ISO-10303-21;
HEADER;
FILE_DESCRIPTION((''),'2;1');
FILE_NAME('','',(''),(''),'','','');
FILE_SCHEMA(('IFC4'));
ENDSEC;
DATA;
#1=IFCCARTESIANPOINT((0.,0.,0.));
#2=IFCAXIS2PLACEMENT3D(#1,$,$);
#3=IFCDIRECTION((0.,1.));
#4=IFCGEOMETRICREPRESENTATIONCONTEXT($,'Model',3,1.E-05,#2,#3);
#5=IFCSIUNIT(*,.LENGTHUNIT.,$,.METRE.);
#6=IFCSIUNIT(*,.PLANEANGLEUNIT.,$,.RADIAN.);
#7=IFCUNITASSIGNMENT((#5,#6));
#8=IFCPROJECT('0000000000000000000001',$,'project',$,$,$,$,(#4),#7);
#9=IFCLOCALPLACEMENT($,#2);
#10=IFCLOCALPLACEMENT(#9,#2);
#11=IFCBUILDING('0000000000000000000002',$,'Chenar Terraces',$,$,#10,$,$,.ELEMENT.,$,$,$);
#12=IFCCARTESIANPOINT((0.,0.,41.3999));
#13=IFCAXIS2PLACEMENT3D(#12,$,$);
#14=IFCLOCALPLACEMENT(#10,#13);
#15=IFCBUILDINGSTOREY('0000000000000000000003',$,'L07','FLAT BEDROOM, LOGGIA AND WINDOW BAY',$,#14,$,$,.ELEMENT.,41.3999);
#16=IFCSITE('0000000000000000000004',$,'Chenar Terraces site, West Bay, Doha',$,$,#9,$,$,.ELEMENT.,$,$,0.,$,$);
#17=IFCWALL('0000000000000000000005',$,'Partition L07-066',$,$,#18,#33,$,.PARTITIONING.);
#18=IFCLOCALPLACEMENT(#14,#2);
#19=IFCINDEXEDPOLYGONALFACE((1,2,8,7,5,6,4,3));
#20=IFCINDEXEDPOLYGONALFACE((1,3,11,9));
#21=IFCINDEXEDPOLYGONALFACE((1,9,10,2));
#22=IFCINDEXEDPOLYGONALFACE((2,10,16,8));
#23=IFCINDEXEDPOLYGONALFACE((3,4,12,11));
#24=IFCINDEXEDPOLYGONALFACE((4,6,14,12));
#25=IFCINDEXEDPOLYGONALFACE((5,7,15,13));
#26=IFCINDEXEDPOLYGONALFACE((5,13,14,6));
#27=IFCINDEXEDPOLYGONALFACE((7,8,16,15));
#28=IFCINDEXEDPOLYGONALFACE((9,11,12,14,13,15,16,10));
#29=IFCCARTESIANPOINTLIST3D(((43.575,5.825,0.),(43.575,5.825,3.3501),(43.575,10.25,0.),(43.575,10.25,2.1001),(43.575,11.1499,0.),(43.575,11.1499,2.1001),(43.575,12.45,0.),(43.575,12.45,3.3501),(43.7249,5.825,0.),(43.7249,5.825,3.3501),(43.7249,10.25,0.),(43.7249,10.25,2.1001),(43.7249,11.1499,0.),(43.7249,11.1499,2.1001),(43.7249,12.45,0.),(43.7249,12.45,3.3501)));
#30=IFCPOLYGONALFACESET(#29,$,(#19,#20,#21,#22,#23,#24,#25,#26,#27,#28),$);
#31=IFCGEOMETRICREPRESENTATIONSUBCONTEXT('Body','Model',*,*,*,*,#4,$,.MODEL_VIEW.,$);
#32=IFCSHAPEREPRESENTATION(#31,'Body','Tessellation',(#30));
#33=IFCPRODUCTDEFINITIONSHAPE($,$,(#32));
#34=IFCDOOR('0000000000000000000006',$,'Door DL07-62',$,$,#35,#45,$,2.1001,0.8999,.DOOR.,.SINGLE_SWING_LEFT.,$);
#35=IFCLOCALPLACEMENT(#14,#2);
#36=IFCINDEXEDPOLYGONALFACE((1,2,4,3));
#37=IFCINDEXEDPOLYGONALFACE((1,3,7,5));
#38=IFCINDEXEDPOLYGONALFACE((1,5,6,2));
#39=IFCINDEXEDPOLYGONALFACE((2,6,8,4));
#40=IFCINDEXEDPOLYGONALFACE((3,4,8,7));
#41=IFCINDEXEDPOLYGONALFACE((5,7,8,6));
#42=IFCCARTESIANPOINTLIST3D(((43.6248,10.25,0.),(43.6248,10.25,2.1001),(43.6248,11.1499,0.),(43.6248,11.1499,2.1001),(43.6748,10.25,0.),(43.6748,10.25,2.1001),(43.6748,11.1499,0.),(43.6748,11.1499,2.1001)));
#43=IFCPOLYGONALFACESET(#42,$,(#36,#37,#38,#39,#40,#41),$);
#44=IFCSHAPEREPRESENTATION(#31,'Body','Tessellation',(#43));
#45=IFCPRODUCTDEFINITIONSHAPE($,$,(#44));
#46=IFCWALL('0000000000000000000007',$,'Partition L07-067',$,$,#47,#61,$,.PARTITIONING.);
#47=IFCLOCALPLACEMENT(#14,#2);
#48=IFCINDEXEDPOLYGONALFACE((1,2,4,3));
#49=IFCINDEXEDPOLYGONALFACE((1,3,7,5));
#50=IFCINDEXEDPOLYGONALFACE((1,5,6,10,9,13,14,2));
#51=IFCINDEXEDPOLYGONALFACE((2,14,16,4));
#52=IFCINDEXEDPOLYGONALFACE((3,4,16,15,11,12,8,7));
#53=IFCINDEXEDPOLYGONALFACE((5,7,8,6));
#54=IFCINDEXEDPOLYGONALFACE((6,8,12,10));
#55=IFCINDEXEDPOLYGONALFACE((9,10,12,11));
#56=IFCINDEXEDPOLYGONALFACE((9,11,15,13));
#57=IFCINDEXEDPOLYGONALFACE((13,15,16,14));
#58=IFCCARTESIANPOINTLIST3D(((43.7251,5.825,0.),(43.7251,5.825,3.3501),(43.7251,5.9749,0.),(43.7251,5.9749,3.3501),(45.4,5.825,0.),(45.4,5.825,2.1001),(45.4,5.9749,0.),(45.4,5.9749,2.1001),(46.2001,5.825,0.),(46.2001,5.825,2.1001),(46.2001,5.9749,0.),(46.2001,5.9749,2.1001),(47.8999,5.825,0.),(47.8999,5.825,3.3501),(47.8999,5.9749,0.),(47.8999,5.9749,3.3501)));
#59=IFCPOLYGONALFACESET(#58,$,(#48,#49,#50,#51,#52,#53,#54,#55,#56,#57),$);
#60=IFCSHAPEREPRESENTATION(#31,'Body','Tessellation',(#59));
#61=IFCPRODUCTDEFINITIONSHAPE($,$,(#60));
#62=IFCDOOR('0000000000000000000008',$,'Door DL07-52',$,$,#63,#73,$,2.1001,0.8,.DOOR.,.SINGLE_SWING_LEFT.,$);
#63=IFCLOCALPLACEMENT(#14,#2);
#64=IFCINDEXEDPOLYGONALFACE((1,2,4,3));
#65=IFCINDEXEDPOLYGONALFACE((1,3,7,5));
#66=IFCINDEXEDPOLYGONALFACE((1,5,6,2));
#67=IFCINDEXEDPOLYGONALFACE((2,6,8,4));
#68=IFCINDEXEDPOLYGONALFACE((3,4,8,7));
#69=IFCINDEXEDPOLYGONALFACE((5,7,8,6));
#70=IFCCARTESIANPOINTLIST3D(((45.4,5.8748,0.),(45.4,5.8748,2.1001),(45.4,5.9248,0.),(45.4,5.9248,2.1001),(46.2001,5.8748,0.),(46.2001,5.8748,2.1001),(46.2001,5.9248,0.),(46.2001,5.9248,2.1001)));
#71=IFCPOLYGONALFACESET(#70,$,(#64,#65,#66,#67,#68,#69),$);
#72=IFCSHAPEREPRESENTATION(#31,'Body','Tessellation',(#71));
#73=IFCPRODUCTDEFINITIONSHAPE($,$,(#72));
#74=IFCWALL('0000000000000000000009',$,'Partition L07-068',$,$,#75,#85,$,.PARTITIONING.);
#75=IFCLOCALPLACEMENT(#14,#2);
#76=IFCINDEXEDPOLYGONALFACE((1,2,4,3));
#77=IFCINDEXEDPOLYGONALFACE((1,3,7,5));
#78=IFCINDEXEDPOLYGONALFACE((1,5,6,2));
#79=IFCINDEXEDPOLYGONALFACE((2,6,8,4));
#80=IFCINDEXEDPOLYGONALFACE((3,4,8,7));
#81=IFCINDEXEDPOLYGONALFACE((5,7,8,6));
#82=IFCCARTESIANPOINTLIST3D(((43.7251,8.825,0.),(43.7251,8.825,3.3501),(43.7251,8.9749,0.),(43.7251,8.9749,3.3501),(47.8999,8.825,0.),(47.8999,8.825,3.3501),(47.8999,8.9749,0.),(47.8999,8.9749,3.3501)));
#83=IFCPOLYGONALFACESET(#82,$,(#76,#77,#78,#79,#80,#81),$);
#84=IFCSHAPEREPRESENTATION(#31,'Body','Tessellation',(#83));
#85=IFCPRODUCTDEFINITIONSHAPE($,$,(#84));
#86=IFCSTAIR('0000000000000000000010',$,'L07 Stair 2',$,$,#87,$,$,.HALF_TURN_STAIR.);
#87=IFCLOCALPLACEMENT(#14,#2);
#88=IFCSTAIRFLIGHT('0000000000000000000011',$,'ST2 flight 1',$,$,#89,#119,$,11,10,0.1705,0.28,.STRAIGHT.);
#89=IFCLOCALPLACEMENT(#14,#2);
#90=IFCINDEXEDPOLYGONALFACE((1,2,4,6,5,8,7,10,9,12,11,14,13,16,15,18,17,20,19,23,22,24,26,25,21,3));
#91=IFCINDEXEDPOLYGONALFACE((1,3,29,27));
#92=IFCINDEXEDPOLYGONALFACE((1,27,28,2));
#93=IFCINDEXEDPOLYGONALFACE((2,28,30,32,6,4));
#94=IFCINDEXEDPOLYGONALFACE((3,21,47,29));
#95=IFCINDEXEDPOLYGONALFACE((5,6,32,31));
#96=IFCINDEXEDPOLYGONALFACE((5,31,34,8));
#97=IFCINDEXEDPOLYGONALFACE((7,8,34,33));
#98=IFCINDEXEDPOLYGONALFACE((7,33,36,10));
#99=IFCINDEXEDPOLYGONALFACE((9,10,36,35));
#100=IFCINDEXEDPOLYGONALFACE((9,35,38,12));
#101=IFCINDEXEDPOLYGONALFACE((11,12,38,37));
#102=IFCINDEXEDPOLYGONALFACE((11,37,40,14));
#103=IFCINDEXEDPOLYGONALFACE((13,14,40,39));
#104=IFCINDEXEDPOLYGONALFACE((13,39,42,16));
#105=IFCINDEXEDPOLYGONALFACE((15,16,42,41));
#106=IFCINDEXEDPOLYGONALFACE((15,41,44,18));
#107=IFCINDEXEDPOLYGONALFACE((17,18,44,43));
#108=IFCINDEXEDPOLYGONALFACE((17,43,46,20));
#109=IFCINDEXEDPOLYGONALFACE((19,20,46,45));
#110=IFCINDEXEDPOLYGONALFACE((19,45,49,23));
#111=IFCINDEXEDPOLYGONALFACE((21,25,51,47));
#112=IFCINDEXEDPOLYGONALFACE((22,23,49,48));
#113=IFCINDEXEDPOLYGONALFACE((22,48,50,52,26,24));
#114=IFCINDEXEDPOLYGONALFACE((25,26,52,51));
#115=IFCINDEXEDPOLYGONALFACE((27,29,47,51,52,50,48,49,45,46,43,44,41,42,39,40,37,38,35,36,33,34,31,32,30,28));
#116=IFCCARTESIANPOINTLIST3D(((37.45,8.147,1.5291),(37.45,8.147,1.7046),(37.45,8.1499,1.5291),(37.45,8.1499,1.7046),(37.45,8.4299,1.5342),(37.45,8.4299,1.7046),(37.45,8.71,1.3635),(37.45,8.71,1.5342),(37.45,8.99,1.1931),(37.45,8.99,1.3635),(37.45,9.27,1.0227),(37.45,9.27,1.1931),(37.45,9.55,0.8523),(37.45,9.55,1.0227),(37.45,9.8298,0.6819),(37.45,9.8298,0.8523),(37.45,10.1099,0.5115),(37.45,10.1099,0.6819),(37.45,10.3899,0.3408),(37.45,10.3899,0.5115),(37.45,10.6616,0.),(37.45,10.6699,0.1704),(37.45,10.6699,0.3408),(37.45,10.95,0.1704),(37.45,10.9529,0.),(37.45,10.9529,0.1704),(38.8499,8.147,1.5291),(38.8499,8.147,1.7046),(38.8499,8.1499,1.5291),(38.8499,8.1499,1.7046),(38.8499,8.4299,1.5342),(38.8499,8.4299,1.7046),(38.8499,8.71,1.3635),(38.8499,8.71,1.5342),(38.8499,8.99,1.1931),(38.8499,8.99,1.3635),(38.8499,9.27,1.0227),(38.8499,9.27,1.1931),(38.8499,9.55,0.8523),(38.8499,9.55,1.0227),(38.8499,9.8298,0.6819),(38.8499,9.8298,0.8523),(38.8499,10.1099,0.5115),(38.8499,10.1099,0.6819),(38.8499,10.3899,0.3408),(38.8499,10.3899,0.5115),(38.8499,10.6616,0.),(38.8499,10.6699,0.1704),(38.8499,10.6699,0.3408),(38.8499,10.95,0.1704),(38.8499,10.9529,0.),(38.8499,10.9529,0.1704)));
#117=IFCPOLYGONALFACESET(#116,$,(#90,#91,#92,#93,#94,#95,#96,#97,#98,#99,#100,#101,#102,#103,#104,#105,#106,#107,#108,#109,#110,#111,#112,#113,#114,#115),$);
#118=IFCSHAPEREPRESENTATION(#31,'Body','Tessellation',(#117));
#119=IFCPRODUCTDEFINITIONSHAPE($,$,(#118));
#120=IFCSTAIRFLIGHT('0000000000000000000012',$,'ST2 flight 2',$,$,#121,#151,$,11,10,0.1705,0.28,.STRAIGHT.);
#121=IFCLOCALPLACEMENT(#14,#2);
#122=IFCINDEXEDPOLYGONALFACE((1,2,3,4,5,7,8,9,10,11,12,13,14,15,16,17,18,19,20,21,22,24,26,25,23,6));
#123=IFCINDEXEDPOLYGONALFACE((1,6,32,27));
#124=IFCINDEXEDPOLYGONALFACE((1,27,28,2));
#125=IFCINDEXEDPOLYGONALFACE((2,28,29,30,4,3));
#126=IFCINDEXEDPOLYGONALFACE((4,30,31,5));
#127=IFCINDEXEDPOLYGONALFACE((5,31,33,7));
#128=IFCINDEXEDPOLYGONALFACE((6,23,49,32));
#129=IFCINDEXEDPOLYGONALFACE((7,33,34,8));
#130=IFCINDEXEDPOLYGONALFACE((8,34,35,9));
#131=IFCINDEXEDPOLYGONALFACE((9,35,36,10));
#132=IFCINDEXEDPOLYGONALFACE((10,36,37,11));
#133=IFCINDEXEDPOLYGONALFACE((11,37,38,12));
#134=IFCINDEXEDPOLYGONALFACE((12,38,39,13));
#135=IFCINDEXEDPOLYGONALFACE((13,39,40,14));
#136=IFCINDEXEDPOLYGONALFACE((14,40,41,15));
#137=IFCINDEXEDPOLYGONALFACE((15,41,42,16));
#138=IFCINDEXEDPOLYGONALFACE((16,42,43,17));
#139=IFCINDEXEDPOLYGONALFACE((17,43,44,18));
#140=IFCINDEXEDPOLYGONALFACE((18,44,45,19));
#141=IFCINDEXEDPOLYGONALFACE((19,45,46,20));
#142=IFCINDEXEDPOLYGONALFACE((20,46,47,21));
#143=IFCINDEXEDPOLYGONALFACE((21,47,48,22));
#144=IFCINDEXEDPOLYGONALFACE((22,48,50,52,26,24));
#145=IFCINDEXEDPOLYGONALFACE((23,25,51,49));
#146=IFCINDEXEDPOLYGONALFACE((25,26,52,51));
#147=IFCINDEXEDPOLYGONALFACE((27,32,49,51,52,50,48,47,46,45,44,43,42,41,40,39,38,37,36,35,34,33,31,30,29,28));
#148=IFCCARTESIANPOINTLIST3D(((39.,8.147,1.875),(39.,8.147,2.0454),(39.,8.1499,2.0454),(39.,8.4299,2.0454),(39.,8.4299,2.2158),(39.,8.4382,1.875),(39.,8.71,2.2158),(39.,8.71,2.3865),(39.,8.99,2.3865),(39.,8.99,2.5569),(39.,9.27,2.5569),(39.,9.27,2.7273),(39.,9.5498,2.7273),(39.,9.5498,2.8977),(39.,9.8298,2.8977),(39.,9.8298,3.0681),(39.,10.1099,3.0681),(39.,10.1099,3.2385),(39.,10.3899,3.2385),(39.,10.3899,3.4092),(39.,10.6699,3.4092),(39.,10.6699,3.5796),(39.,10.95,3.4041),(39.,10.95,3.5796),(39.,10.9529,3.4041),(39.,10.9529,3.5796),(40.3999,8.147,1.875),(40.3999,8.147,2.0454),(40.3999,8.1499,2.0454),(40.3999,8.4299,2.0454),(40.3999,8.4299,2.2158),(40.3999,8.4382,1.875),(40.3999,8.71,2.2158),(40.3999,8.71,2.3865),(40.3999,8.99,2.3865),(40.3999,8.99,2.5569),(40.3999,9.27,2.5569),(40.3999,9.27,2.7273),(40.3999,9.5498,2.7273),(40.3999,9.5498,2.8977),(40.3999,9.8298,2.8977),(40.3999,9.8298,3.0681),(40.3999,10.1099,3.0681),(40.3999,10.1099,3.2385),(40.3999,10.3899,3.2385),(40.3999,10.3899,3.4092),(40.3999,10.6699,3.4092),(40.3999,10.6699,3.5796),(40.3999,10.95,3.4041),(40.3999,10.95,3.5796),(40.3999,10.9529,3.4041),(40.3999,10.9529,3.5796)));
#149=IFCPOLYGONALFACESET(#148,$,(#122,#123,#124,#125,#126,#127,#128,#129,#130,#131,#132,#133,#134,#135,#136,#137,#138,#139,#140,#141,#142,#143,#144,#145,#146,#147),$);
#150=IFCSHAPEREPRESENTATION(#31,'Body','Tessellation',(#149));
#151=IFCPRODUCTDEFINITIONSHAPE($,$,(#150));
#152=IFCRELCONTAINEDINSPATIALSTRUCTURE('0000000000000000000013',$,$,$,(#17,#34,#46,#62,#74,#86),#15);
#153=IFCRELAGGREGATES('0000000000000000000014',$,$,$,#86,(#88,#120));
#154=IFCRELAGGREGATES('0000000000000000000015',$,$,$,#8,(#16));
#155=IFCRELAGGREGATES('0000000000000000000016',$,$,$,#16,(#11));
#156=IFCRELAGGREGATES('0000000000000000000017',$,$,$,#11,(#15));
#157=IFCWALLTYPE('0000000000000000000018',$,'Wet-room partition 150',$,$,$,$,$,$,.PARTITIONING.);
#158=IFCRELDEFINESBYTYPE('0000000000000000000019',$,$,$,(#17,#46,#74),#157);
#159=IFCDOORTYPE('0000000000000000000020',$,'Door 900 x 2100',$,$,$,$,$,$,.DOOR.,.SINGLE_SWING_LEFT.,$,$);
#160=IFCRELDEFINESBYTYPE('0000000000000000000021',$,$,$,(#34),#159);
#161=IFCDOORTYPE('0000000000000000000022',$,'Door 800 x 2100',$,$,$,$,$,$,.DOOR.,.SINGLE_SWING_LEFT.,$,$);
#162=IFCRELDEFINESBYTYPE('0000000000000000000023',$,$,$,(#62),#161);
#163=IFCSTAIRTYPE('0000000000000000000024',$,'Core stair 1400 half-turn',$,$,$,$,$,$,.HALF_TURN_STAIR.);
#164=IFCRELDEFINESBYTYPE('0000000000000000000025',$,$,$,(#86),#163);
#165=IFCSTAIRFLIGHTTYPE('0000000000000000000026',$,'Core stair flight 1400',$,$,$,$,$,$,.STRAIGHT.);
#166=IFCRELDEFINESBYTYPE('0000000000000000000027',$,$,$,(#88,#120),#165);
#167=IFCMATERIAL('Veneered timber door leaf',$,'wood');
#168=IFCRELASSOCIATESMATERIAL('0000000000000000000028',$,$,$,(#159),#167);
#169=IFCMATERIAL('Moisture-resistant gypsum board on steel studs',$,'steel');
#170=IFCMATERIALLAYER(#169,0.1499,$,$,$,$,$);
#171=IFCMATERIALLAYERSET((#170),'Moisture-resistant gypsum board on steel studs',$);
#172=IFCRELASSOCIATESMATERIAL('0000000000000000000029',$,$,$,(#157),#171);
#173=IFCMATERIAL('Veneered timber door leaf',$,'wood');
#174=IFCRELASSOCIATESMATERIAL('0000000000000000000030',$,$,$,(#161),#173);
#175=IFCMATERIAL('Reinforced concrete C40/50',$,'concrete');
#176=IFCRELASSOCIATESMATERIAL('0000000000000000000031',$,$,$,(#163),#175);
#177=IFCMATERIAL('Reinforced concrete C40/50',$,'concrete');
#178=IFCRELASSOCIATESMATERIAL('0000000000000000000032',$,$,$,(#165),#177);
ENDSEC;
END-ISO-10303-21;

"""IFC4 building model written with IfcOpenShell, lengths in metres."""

from ifc_helpers import new_model, si_unit, direction, frame, frame_2d, origin, place, context, subcontext, project, spatial, polyline, rectangle, outline, extrude, material, layer, layer_set, type_object, element, fill, aggregate, save


model = new_model("IFC4")

# Units and contexts
model_context = context("Model", 3, precision=1e-05, world=origin(), true_north=direction((0.0, 1.0)))
body_context = subcontext(model_context, "Body", "Model", "MODEL_VIEW")
ifc_project = project(units=[si_unit("LENGTHUNIT", "METRE"), si_unit("PLANEANGLEUNIT", "RADIAN")], contexts=[model_context])

# Site, building, storey
site_placement = place(None, origin())
site = spatial("IfcSite", under=ifc_project, at=site_placement, Name="Chenar Terraces site, West Bay, Doha", CompositionType="ELEMENT", RefElevation=0.0)
building_placement = place(site_placement, origin())
building = spatial("IfcBuilding", under=site, at=building_placement, Name="Chenar Terraces", CompositionType="ELEMENT")
storey_placement = place(building_placement, frame((0.0, 0.0, 41.3999)))
storey = spatial("IfcBuildingStorey", under=building, at=storey_placement, Name="L07", Description="FLAT BEDROOM, LOGGIA AND WINDOW BAY", CompositionType="ELEMENT", Elevation=41.3999)

# Shared definitions
ifc_material_1 = material(Name="Veneered timber door leaf", Category="wood")
door_type_1 = type_object("IfcDoorType", Name="Door 900 x 2100", OperationType="SINGLE_SWING_LEFT", PredefinedType="DOOR", material=ifc_material_1)

# Walls, openings, doors
ifc_material_2 = material(Name="Moisture-resistant gypsum board on steel studs", Category="steel")
ifc_layer_1 = layer(ifc_material_2, 0.1499)
ifc_layer_set_1 = layer_set([ifc_layer_1], Name="Moisture-resistant gypsum board on steel studs")
wall_type_1 = type_object("IfcWallType", Name="Wet-room partition 150", PredefinedType="PARTITIONING", material=ifc_layer_set_1)
wall_1_placement = place(storey_placement, frame((43.6499, 5.825, 0.0), z_axis=(0.0, 0.0, 1.0), x_axis=(0.0, 1.0, 0.0)))
wall_1 = element("IfcWall", 1, at=wall_1_placement, inside=storey, type_object=wall_type_1, Name="Partition L07-066", PredefinedType="PARTITIONING", context=body_context, shape_type="SweptSolid", body=[
    extrude(rectangle(XDim=6.625, YDim=0.1499, at=frame_2d((3.3125, 0.0))), origin(), (0.0, 0.0, 1.0), 3.3501),
])
opening_1_placement = place(wall_1_placement, frame((4.425, 0.0, 0.0)))
opening_1 = element("IfcOpeningElement", 2, at=opening_1_placement, cuts=wall_1, PredefinedType="OPENING", context=body_context, shape_type="SweptSolid", body=[
    extrude(rectangle(XDim=0.8999, YDim=2.1001, at=frame_2d((0.45, 1.05))), frame((0.0, 0.085, 0.0), z_axis=(0.0, -1.0, 0.0), x_axis=(1.0, 0.0, 0.0)), (0.0, 0.0, 1.0), 0.1699),
])
door_1_placement = place(opening_1_placement, frame((0.8999, 0.0, 0.0), z_axis=(0.0, 0.0, 1.0), x_axis=(-1.0, 0.0, 0.0)))
door_1 = element("IfcDoor", 3, at=door_1_placement, inside=storey, type_object=door_type_1, Name="Door DL07-62", OperationType="SINGLE_SWING_LEFT", OverallHeight=2.1001, OverallWidth=0.8999, PredefinedType="DOOR", context=body_context, shape_type="SweptSolid", body=[
    extrude(rectangle(XDim=0.8999, YDim=2.1001, at=frame_2d((0.45, 1.05))), frame((0.0, 0.0249, 0.0), z_axis=(0.0, -1.0, 0.0), x_axis=(1.0, 0.0, 0.0)), (0.0, 0.0, 1.0), 0.05),
])
fill(opening_1, door_1)
wall_2_placement = place(storey_placement, frame((43.7251, 5.8999, 0.0), z_axis=(0.0, 0.0, 1.0), x_axis=(1.0, 0.0, 0.0)))
wall_2 = element("IfcWall", 4, at=wall_2_placement, inside=storey, type_object=wall_type_1, Name="Partition L07-067", PredefinedType="PARTITIONING", context=body_context, shape_type="SweptSolid", body=[
    extrude(rectangle(XDim=4.1748, YDim=0.1499, at=frame_2d((2.0874, 0.0))), origin(), (0.0, 0.0, 1.0), 3.3501),
])
opening_2_placement = place(wall_2_placement, frame((1.675, 0.0, 0.0)))
opening_2 = element("IfcOpeningElement", 5, at=opening_2_placement, cuts=wall_2, PredefinedType="OPENING", context=body_context, shape_type="SweptSolid", body=[
    extrude(rectangle(XDim=0.8, YDim=2.1001, at=frame_2d((0.3999, 1.05))), frame((0.0, 0.085, 0.0), z_axis=(0.0, -1.0, 0.0), x_axis=(1.0, 0.0, 0.0)), (0.0, 0.0, 1.0), 0.1699),
])
ifc_material_3 = material(Name="Veneered timber door leaf", Category="wood")
door_type_2 = type_object("IfcDoorType", Name="Door 800 x 2100", OperationType="SINGLE_SWING_LEFT", PredefinedType="DOOR", material=ifc_material_3)
door_2_placement = place(opening_2_placement, origin())
door_2 = element("IfcDoor", 6, at=door_2_placement, inside=storey, type_object=door_type_2, Name="Door DL07-52", OperationType="SINGLE_SWING_LEFT", OverallHeight=2.1001, OverallWidth=0.8, PredefinedType="DOOR", context=body_context, shape_type="SweptSolid", body=[
    extrude(rectangle(XDim=0.8, YDim=2.1001, at=frame_2d((0.3999, 1.05))), frame((0.0, 0.0249, 0.0), z_axis=(0.0, -1.0, 0.0), x_axis=(1.0, 0.0, 0.0)), (0.0, 0.0, 1.0), 0.05),
])
fill(opening_2, door_2)

# Wall
wall_3_placement = place(storey_placement, frame((43.7251, 8.8999, 0.0), z_axis=(0.0, 0.0, 1.0), x_axis=(1.0, 0.0, 0.0)))
element("IfcWall", 7, at=wall_3_placement, inside=storey, type_object=wall_type_1, Name="Partition L07-068", PredefinedType="PARTITIONING", context=body_context, shape_type="SweptSolid", body=[
    extrude(rectangle(XDim=4.1748, YDim=0.1499, at=frame_2d((2.0874, 0.0))), origin(), (0.0, 0.0, 1.0), 3.3501),
])

# Stair, stair flights
ifc_material_4 = material(Name="Reinforced concrete C40/50", Category="concrete")
stair_type = type_object("IfcStairType", Name="Core stair 1400 half-turn", PredefinedType="HALF_TURN_STAIR", material=ifc_material_4)
stair_placement = place(storey_placement, origin())
stair = element("IfcStair", 8, at=stair_placement, inside=storey, type_object=stair_type, Name="L07 Stair 2", PredefinedType="HALF_TURN_STAIR")
ifc_material_5 = material(Name="Reinforced concrete C40/50", Category="concrete")
stair_flight_type = type_object("IfcStairFlightType", Name="Core stair flight 1400", PredefinedType="STRAIGHT", material=ifc_material_5)
stair_flight_1_placement = place(storey_placement, frame((38.1499, 10.95, 0.0), z_axis=(0.0, 0.0, 1.0), x_axis=(0.0, -1.0, 0.0)))
stair_flight_1 = element("IfcStairFlight", 9, at=stair_flight_1_placement, type_object=stair_flight_type, Name="ST2 flight 1", NumberOfRisers=11, NumberOfTreads=10, PredefinedType="STRAIGHT", RiserHeight=0.1705, TreadLength=0.28, context=body_context, shape_type="SweptSolid", body=[
    extrude(outline(polyline([(-0.0029, 0.0), (-0.0029, 0.1704), (0.0, 0.1704), (0.28, 0.1704), (0.28, 0.3408), (0.5601, 0.3408), (0.5601, 0.5115), (0.8401, 0.5115), (0.8401, 0.6819), (1.1201, 0.6819), (1.1201, 0.8523), (1.3999, 0.8523), (1.3999, 1.0227), (1.6799, 1.0227), (1.6799, 1.1931), (1.96, 1.1931), (1.96, 1.3635), (2.24, 1.3635), (2.24, 1.5342), (2.52, 1.5342), (2.52, 1.7046), (2.8, 1.7046), (2.803, 1.7046), (2.803, 1.5291), (2.8, 1.5291), (0.2883, 0.0), (-0.0029, 0.0)])), frame((0.0, 0.7, 0.0), z_axis=(0.0, -1.0, 0.0), x_axis=(1.0, 0.0, 0.0)), (0.0, 0.0, 1.0), 1.3999),
])
stair_flight_2_placement = place(storey_placement, frame((39.7, 8.1499, 1.875), z_axis=(0.0, 0.0, 1.0), x_axis=(0.0, 1.0, 0.0)))
stair_flight_2 = element("IfcStairFlight", 10, at=stair_flight_2_placement, type_object=stair_flight_type, Name="ST2 flight 2", NumberOfRisers=11, NumberOfTreads=10, PredefinedType="STRAIGHT", RiserHeight=0.1705, TreadLength=0.28, context=body_context, shape_type="SweptSolid", body=[
    extrude(outline(polyline([(-0.0029, 0.0), (-0.0029, 0.1704), (0.0, 0.1704), (0.28, 0.1704), (0.28, 0.3408), (0.5601, 0.3408), (0.5601, 0.5115), (0.8401, 0.5115), (0.8401, 0.6819), (1.1201, 0.6819), (1.1201, 0.8523), (1.3999, 0.8523), (1.3999, 1.0227), (1.6799, 1.0227), (1.6799, 1.1931), (1.96, 1.1931), (1.96, 1.3635), (2.24, 1.3635), (2.24, 1.5342), (2.52, 1.5342), (2.52, 1.7046), (2.8, 1.7046), (2.803, 1.7046), (2.803, 1.5291), (2.8, 1.5291), (0.2883, 0.0), (-0.0029, 0.0)])), frame((0.0, 0.7, 0.0), z_axis=(0.0, -1.0, 0.0), x_axis=(1.0, 0.0, 0.0)), (0.0, 0.0, 1.0), 1.3999),
])
aggregate(stair, [stair_flight_1, stair_flight_2])

save(model, "model.ifc")
